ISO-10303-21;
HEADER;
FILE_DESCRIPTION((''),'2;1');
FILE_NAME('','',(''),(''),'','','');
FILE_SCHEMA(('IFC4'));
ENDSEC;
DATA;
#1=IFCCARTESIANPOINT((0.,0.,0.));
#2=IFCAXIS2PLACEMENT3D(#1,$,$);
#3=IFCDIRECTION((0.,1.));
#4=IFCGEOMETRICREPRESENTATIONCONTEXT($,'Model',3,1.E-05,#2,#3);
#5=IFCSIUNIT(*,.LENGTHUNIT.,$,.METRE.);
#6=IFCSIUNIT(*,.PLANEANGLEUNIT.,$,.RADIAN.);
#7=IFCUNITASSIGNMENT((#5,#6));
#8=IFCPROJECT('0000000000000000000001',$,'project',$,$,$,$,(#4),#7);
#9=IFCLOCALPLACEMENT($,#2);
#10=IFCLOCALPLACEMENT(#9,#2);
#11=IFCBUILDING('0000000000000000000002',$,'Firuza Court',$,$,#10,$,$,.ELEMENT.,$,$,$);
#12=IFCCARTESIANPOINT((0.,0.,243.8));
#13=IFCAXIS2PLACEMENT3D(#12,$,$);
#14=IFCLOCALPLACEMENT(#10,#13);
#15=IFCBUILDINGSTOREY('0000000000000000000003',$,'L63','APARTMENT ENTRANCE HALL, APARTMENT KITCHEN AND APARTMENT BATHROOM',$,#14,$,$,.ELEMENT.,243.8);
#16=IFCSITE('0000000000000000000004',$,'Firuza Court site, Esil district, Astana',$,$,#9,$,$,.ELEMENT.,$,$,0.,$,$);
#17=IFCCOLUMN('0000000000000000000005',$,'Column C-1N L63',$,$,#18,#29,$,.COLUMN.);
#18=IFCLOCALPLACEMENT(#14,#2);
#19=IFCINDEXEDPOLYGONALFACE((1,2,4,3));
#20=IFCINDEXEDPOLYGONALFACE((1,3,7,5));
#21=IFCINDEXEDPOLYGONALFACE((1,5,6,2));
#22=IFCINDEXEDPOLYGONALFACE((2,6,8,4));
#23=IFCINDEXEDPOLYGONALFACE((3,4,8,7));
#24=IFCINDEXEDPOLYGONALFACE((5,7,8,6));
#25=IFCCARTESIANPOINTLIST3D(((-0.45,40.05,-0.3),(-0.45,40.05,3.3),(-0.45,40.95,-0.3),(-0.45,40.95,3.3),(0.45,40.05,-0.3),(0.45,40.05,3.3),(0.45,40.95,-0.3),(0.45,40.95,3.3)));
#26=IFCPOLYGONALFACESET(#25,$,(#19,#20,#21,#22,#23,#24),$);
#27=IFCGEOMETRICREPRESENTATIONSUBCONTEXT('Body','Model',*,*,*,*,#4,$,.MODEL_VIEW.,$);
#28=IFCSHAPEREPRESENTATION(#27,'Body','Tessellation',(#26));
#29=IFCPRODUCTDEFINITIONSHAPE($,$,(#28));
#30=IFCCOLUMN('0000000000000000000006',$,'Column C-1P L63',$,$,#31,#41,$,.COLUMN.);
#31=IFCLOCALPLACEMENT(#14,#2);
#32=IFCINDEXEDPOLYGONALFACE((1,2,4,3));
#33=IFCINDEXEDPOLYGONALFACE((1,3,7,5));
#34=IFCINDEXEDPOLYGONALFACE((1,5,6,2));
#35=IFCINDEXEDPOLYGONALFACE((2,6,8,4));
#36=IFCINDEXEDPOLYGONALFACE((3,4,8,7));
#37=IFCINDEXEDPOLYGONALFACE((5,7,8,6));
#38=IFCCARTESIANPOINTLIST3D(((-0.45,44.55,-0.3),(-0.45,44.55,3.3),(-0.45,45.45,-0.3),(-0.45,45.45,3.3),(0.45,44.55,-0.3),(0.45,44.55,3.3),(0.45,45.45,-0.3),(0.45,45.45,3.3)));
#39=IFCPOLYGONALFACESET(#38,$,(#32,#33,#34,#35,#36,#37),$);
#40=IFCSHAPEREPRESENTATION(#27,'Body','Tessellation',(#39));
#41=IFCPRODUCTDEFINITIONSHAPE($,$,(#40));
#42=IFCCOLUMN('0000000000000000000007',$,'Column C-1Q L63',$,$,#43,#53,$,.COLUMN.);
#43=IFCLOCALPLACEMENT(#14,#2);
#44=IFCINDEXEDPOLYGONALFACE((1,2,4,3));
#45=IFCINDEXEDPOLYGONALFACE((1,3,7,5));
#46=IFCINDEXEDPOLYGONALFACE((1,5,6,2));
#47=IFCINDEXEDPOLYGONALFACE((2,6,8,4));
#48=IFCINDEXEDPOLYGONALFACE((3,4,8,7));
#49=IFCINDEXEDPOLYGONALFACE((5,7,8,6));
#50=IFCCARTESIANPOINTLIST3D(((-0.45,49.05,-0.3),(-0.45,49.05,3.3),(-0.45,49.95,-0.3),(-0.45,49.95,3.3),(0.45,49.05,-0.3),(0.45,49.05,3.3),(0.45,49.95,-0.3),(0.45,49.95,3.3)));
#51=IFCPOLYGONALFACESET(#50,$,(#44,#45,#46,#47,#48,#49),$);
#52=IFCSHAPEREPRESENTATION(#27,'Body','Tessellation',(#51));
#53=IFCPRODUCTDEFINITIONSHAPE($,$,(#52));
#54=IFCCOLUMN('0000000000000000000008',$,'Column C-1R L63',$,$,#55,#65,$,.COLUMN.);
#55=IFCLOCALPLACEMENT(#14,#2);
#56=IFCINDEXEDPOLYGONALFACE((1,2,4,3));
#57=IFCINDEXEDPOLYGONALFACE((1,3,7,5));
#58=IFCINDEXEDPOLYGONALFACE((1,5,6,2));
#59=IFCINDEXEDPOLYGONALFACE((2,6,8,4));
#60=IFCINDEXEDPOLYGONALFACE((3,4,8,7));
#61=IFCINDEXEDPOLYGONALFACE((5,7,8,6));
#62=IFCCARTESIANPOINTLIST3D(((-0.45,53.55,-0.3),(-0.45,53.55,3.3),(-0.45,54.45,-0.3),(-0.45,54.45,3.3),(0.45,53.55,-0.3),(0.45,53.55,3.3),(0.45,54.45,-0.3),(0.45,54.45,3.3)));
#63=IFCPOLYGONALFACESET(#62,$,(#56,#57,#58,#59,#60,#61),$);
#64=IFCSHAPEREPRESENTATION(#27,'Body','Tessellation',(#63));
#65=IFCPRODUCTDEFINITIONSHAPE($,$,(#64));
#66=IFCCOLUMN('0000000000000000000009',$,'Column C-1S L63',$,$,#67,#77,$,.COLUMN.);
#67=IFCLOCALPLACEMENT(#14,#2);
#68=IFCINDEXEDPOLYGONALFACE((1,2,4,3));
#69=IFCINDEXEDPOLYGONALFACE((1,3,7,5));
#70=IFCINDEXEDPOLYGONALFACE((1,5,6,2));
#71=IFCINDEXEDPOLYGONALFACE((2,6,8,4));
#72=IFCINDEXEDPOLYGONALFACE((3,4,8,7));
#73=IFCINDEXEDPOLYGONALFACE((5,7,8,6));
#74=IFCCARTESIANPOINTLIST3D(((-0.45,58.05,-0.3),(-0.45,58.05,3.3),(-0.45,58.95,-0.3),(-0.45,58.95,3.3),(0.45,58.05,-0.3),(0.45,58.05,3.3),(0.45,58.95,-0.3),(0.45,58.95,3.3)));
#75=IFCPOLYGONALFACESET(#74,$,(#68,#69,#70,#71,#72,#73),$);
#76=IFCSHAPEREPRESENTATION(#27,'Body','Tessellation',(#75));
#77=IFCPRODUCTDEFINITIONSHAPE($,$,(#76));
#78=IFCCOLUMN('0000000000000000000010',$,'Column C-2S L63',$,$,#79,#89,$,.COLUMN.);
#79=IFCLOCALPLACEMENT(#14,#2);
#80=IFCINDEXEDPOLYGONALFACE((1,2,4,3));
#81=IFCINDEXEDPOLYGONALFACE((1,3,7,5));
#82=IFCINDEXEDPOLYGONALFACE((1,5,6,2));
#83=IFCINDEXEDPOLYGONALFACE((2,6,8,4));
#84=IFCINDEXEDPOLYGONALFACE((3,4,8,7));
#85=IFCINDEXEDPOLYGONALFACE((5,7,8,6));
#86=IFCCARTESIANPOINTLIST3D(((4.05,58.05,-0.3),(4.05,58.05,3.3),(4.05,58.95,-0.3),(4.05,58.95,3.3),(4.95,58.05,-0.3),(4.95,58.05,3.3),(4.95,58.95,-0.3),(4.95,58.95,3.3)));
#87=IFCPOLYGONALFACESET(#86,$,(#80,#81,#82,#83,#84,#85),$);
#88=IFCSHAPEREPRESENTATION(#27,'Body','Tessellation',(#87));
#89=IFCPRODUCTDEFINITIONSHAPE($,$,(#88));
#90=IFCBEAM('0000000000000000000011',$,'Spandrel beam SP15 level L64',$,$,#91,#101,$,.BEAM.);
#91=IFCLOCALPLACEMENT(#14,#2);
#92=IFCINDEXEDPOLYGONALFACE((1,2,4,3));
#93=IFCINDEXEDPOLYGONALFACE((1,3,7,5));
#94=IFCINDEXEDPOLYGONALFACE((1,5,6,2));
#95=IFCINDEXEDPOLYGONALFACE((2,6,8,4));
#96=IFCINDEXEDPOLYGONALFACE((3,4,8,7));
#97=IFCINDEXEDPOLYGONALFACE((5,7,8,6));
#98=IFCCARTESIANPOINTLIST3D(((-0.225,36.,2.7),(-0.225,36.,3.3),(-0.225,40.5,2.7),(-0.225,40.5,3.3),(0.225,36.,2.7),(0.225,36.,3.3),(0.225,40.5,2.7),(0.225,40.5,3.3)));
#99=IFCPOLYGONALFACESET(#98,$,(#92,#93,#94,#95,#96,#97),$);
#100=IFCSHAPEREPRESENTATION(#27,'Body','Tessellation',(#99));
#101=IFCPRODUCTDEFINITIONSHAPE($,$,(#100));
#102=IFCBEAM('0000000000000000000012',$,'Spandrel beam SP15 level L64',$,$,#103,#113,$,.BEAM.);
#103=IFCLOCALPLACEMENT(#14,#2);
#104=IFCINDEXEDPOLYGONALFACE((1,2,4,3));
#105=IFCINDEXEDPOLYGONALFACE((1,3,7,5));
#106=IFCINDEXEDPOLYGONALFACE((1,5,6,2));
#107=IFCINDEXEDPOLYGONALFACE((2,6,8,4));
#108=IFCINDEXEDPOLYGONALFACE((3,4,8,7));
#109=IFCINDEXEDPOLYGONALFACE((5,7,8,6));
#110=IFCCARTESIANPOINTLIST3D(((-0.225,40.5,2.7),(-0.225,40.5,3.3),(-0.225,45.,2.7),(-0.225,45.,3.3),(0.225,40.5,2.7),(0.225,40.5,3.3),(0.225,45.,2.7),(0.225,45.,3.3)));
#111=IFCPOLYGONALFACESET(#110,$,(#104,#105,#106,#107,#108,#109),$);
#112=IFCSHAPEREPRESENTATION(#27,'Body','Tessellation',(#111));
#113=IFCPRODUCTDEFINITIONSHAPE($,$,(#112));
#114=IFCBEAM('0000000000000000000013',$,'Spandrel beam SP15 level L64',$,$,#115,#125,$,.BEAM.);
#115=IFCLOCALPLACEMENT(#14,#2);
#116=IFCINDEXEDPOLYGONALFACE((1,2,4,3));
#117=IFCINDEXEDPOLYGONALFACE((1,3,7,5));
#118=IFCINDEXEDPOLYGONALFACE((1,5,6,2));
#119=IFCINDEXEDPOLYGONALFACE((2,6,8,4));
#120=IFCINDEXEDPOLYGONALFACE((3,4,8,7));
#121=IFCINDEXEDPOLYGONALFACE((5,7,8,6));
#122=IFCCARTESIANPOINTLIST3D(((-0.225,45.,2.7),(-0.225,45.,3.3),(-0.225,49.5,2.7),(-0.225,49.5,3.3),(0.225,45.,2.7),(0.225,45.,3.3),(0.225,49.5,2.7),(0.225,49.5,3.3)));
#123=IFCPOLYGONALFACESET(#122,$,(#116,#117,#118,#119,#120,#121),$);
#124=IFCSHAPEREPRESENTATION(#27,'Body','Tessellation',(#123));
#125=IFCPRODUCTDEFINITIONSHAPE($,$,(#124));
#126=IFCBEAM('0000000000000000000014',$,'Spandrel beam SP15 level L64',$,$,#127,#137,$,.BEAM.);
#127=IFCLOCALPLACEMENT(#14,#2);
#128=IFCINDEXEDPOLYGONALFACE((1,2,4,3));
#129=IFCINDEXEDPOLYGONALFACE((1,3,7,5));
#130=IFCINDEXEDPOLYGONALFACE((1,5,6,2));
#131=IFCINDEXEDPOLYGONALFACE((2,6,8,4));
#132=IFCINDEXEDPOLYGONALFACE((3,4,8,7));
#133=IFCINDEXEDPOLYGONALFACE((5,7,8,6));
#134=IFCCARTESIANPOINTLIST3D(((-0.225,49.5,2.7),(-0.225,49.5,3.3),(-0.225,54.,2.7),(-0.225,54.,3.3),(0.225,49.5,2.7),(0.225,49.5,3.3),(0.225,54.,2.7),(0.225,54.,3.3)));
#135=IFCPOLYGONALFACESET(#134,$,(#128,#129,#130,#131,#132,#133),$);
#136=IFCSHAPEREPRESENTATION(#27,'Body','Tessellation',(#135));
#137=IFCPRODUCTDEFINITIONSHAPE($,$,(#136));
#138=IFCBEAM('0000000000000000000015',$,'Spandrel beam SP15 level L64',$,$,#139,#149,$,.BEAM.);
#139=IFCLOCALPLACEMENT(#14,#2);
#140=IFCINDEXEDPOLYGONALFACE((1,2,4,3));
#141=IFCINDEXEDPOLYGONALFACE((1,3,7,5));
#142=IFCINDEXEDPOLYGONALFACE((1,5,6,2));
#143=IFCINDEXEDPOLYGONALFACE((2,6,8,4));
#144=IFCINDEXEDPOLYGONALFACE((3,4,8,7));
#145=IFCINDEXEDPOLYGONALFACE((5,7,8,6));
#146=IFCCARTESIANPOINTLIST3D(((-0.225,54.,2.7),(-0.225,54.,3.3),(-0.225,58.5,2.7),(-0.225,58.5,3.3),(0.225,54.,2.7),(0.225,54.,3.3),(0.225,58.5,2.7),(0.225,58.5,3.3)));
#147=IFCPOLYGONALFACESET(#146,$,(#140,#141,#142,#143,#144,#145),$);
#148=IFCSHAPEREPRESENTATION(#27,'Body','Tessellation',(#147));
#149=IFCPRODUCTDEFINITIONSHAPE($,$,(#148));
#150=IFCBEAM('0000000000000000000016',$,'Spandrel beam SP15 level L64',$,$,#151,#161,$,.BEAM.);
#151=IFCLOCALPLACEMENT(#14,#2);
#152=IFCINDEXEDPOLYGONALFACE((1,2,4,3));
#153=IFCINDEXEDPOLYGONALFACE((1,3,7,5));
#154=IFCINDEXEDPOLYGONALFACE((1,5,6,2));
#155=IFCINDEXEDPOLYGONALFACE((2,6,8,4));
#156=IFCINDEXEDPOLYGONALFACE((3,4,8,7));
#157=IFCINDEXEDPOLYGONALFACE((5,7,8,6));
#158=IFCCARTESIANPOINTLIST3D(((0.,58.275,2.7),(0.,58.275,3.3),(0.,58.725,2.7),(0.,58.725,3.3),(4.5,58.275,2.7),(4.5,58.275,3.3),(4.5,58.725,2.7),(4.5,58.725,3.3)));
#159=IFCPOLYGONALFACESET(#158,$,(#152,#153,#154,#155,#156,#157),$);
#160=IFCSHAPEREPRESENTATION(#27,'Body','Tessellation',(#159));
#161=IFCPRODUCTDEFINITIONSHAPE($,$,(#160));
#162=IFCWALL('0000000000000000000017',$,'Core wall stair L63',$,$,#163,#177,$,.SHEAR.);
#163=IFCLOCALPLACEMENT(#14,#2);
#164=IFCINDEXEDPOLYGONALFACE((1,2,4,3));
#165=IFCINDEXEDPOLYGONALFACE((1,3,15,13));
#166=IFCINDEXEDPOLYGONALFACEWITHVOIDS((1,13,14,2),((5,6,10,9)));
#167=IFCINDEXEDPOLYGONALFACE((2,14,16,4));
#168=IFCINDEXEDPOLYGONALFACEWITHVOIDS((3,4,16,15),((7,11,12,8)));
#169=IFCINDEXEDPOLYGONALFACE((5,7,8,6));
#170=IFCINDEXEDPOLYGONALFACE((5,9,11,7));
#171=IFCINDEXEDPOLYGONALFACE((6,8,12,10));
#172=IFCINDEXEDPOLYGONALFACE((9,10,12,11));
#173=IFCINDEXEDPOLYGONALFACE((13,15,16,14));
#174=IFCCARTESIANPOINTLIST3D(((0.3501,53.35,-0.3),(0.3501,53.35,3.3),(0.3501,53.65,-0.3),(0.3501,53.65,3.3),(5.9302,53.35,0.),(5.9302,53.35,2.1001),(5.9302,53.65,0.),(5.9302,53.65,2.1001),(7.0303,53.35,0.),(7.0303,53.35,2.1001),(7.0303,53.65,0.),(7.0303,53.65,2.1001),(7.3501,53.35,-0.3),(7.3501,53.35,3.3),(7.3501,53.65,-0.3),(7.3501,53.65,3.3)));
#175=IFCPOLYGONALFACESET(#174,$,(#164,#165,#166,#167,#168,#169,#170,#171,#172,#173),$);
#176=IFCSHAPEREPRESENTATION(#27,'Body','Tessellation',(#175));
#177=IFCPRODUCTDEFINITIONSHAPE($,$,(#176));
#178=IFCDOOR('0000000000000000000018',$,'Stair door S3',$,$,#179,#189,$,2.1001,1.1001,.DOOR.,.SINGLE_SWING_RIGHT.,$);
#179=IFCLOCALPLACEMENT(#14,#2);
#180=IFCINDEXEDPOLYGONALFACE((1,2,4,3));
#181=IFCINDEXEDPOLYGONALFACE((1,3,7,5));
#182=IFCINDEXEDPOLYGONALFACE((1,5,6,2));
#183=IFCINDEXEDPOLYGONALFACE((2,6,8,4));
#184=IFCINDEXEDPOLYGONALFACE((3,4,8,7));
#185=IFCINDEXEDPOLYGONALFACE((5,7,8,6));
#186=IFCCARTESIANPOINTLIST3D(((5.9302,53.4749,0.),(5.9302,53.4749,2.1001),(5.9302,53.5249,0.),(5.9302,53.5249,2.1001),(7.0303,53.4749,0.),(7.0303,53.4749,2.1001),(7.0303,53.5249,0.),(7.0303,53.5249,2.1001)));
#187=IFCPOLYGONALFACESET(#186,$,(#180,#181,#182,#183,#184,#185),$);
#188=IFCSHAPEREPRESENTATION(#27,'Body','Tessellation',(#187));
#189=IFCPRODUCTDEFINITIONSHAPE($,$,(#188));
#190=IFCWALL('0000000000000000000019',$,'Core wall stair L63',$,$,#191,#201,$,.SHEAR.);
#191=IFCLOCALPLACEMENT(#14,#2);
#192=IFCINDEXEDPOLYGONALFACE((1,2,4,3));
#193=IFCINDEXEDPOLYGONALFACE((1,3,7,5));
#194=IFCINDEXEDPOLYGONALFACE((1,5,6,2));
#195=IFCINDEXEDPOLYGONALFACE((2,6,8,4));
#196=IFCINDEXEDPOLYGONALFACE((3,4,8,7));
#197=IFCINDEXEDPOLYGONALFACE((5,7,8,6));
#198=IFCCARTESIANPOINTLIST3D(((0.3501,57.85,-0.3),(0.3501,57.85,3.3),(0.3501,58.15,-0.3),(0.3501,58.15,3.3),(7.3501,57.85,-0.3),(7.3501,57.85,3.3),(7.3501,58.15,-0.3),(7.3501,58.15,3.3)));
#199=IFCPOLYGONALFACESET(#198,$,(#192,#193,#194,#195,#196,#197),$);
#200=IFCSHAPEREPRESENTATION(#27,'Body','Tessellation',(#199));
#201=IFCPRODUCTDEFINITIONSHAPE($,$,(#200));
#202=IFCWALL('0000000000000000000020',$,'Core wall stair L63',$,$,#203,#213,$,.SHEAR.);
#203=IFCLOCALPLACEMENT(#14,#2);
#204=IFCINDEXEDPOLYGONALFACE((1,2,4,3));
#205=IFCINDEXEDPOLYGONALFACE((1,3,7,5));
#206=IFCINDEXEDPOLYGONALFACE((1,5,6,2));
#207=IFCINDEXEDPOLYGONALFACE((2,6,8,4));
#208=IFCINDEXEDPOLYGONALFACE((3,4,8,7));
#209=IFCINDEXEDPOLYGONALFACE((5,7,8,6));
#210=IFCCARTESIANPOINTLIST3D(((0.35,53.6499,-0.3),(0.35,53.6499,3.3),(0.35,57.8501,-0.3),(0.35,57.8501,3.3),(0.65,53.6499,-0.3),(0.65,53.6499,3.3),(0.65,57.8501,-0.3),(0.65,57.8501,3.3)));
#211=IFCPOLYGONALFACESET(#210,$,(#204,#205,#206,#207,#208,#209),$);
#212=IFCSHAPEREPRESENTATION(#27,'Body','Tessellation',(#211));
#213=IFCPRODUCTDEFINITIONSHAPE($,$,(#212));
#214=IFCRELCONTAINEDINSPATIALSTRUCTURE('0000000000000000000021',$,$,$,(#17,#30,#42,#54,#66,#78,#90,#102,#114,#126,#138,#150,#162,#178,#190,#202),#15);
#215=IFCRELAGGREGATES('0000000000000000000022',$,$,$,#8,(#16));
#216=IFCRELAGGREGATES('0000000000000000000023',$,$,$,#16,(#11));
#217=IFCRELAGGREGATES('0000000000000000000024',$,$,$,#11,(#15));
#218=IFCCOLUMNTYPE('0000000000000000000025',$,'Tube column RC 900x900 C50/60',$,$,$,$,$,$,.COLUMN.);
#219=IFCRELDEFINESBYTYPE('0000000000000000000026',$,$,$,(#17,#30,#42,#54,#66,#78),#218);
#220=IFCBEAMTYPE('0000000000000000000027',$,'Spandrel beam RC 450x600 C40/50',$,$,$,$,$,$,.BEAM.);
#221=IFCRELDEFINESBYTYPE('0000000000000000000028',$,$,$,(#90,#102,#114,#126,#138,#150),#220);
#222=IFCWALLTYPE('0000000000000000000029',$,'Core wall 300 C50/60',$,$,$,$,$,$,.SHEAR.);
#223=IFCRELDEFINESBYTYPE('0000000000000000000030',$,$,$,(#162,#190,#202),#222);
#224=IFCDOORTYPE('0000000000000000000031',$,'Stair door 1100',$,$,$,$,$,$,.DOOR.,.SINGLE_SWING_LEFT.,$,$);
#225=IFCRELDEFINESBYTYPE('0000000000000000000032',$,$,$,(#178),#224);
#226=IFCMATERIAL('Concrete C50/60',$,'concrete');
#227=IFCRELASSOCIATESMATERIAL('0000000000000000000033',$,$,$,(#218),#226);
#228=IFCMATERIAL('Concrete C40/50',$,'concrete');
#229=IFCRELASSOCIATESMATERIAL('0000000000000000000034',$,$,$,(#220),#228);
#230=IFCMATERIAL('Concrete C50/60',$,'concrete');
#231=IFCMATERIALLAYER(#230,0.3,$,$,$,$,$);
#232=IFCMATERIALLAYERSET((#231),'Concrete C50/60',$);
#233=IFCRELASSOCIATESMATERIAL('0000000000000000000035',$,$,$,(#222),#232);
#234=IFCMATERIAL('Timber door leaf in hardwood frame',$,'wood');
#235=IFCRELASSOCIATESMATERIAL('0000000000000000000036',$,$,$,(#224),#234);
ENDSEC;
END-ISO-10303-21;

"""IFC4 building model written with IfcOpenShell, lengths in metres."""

from ifc_helpers import new_model, si_unit, direction, frame, frame_2d, origin, origin_2d, place, context, subcontext, project, spatial, rectangle, extrude, material, layer, layer_set, material_profile, profile_set, type_object, element, fill, save


model = new_model("IFC4")

# Units and contexts
model_context = context("Model", 3, precision=1e-05, world=origin(), true_north=direction((0.0, 1.0)))
body_context = subcontext(model_context, "Body", "Model", "MODEL_VIEW")
ifc_project = project(units=[si_unit("LENGTHUNIT", "METRE"), si_unit("PLANEANGLEUNIT", "RADIAN")], contexts=[model_context])

# Site, building, storey
site_placement = place(None, origin())
site = spatial("IfcSite", under=ifc_project, at=site_placement, Name="Firuza Court site, Esil district, Astana", CompositionType="ELEMENT", RefElevation=0.0)
building_placement = place(site_placement, origin())
building = spatial("IfcBuilding", under=site, at=building_placement, Name="Firuza Court", CompositionType="ELEMENT")
storey_placement = place(building_placement, frame((0.0, 0.0, 243.8)))
storey = spatial("IfcBuildingStorey", under=building, at=storey_placement, Name="L63", Description="APARTMENT ENTRANCE HALL, APARTMENT KITCHEN AND APARTMENT BATHROOM", CompositionType="ELEMENT", Elevation=243.8)

# Columns
ifc_material_1 = material(Name="Concrete C50/60", Category="concrete")
ifc_material_profile_1 = material_profile(ifc_material_1, rectangle(XDim=0.8999, YDim=0.8999, at=origin_2d()), Name="RC 900x900")
ifc_profile_set_1 = profile_set([ifc_material_profile_1], Name="Concrete C50/60")
column_type = type_object("IfcColumnType", Name="Tube column RC 900x900 C50/60", PredefinedType="COLUMN", material=ifc_profile_set_1)
for number, where, z_axis, x_axis, name in (
    (1, (0.0, 40.5, -0.3), (0.0, 0.0, 1.0), (1.0, 0.0, 0.0), "Column C-1N L63"),
    (2, (0.0, 45.0, -0.3), (0.0, 0.0, 1.0), (1.0, 0.0, 0.0), "Column C-1P L63"),
    (3, (0.0, 49.5, -0.3), (0.0, 0.0, 1.0), (1.0, 0.0, 0.0), "Column C-1Q L63"),
    (4, (0.0, 54.0, -0.3), (0.0, 0.0, 1.0), (1.0, 0.0, 0.0), "Column C-1R L63"),
    (5, (0.0, 58.5, -0.3), (0.0, 0.0, 1.0), (1.0, 0.0, 0.0), "Column C-1S L63"),
    (6, (4.5, 58.5, -0.3), (0.0, 0.0, 1.0), (1.0, 0.0, 0.0), "Column C-2S L63"),
):
    element("IfcColumn", number, at=place(storey_placement, frame(where, z_axis=z_axis, x_axis=x_axis)), inside=storey, type_object=column_type, Name=name, PredefinedType="COLUMN", context=body_context, shape_type="SweptSolid", body=[
        extrude(rectangle(XDim=0.8999, YDim=0.8999, at=origin_2d()), origin(), (0.0, 0.0, 1.0), 3.6001),
    ])

# Beams
ifc_material_2 = material(Name="Concrete C40/50", Category="concrete")
ifc_material_profile_2 = material_profile(ifc_material_2, rectangle(XDim=0.45, YDim=0.6001, at=origin_2d()), Name="RC 450x600")
ifc_profile_set_2 = profile_set([ifc_material_profile_2], Name="Concrete C40/50")
beam_type = type_object("IfcBeamType", Name="Spandrel beam RC 450x600 C40/50", PredefinedType="BEAM", material=ifc_profile_set_2)
for number, where, z_axis, x_axis, name in (
    (7, (0.0, 40.5, 3.0), (0.0, -1.0, 0.0), (1.0, 0.0, 0.0), "Spandrel beam SP15 level L64"),
    (8, (0.0, 45.0, 3.0), (0.0, -1.0, 0.0), (1.0, 0.0, 0.0), "Spandrel beam SP15 level L64"),
    (9, (0.0, 49.5, 3.0), (0.0, -1.0, 0.0), (1.0, 0.0, 0.0), "Spandrel beam SP15 level L64"),
    (10, (0.0, 54.0, 3.0), (0.0, -1.0, 0.0), (1.0, 0.0, 0.0), "Spandrel beam SP15 level L64"),
    (11, (0.0, 58.5, 3.0), (0.0, -1.0, 0.0), (1.0, 0.0, 0.0), "Spandrel beam SP15 level L64"),
    (12, (4.5, 58.5, 3.0), (-1.0, 0.0, 0.0), (0.0, -1.0, 0.0), "Spandrel beam SP15 level L64"),
):
    element("IfcBeam", number, at=place(storey_placement, frame(where, z_axis=z_axis, x_axis=x_axis)), inside=storey, type_object=beam_type, Name=name, PredefinedType="BEAM", context=body_context, shape_type="SweptSolid", body=[
        extrude(rectangle(XDim=0.45, YDim=0.6001, at=origin_2d()), origin(), (0.0, 0.0, 1.0), 4.5),
    ])

# Wall, opening, door
ifc_material_3 = material(Name="Concrete C50/60", Category="concrete")
ifc_layer_1 = layer(ifc_material_3, 0.3)
ifc_layer_set_1 = layer_set([ifc_layer_1], Name="Concrete C50/60")
wall_type_1 = type_object("IfcWallType", Name="Core wall 300 C50/60", PredefinedType="SHEAR", material=ifc_layer_set_1)
wall_1_placement = place(storey_placement, frame((0.3501, 53.5, -0.3), z_axis=(0.0, 0.0, 1.0), x_axis=(1.0, 0.0, 0.0)))
wall_1 = element("IfcWall", 13, at=wall_1_placement, inside=storey, type_object=wall_type_1, Name="Core wall stair L63", PredefinedType="SHEAR", context=body_context, shape_type="SweptSolid", body=[
    extrude(rectangle(XDim=7.0, YDim=0.3, at=frame_2d((3.5, 0.0))), origin(), (0.0, 0.0, 1.0), 3.6001),
])
opening_placement = place(wall_1_placement, frame((5.5801, 0.0, 0.3)))
opening = element("IfcOpeningElement", 14, at=opening_placement, cuts=wall_1, PredefinedType="OPENING", context=body_context, shape_type="SweptSolid", body=[
    extrude(rectangle(XDim=1.1001, YDim=2.1001, at=frame_2d((0.55, 1.05))), frame((0.0, 0.1621, 0.0), z_axis=(0.0, -1.0, 0.0), x_axis=(1.0, 0.0, 0.0)), (0.0, 0.0, 1.0), 0.324),
])
ifc_material_4 = material(Name="Timber door leaf in hardwood frame", Category="wood")
door_type = type_object("IfcDoorType", Name="Stair door 1100", OperationType="SINGLE_SWING_LEFT", PredefinedType="DOOR", material=ifc_material_4)
door_placement = place(opening_placement, origin())
door = element("IfcDoor", 15, at=door_placement, inside=storey, type_object=door_type, Name="Stair door S3", OperationType="SINGLE_SWING_RIGHT", OverallHeight=2.1001, OverallWidth=1.1001, PredefinedType="DOOR", context=body_context, shape_type="SweptSolid", body=[
    extrude(rectangle(XDim=1.1001, YDim=2.1001, at=frame_2d((0.55, 1.05))), frame((0.0, 0.0249, 0.0), z_axis=(0.0, -1.0, 0.0), x_axis=(1.0, 0.0, 0.0)), (0.0, 0.0, 1.0), 0.05),
])
fill(opening, door)

# Walls
wall_2_placement = place(storey_placement, frame((0.3501, 58.0, -0.3), z_axis=(0.0, 0.0, 1.0), x_axis=(1.0, 0.0, 0.0)))
element("IfcWall", 16, at=wall_2_placement, inside=storey, type_object=wall_type_1, Name="Core wall stair L63", PredefinedType="SHEAR", context=body_context, shape_type="SweptSolid", body=[
    extrude(rectangle(XDim=7.0, YDim=0.3, at=frame_2d((3.5, 0.0))), origin(), (0.0, 0.0, 1.0), 3.6001),
])
wall_3_placement = place(storey_placement, frame((0.5, 53.6499, -0.3), z_axis=(0.0, 0.0, 1.0), x_axis=(0.0, 1.0, 0.0)))
element("IfcWall", 17, at=wall_3_placement, inside=storey, type_object=wall_type_1, Name="Core wall stair L63", PredefinedType="SHEAR", context=body_context, shape_type="SweptSolid", body=[
    extrude(rectangle(XDim=4.2002, YDim=0.3, at=frame_2d((2.1001, 0.0))), origin(), (0.0, 0.0, 1.0), 3.6001),
])

save(model, "model.ifc")
